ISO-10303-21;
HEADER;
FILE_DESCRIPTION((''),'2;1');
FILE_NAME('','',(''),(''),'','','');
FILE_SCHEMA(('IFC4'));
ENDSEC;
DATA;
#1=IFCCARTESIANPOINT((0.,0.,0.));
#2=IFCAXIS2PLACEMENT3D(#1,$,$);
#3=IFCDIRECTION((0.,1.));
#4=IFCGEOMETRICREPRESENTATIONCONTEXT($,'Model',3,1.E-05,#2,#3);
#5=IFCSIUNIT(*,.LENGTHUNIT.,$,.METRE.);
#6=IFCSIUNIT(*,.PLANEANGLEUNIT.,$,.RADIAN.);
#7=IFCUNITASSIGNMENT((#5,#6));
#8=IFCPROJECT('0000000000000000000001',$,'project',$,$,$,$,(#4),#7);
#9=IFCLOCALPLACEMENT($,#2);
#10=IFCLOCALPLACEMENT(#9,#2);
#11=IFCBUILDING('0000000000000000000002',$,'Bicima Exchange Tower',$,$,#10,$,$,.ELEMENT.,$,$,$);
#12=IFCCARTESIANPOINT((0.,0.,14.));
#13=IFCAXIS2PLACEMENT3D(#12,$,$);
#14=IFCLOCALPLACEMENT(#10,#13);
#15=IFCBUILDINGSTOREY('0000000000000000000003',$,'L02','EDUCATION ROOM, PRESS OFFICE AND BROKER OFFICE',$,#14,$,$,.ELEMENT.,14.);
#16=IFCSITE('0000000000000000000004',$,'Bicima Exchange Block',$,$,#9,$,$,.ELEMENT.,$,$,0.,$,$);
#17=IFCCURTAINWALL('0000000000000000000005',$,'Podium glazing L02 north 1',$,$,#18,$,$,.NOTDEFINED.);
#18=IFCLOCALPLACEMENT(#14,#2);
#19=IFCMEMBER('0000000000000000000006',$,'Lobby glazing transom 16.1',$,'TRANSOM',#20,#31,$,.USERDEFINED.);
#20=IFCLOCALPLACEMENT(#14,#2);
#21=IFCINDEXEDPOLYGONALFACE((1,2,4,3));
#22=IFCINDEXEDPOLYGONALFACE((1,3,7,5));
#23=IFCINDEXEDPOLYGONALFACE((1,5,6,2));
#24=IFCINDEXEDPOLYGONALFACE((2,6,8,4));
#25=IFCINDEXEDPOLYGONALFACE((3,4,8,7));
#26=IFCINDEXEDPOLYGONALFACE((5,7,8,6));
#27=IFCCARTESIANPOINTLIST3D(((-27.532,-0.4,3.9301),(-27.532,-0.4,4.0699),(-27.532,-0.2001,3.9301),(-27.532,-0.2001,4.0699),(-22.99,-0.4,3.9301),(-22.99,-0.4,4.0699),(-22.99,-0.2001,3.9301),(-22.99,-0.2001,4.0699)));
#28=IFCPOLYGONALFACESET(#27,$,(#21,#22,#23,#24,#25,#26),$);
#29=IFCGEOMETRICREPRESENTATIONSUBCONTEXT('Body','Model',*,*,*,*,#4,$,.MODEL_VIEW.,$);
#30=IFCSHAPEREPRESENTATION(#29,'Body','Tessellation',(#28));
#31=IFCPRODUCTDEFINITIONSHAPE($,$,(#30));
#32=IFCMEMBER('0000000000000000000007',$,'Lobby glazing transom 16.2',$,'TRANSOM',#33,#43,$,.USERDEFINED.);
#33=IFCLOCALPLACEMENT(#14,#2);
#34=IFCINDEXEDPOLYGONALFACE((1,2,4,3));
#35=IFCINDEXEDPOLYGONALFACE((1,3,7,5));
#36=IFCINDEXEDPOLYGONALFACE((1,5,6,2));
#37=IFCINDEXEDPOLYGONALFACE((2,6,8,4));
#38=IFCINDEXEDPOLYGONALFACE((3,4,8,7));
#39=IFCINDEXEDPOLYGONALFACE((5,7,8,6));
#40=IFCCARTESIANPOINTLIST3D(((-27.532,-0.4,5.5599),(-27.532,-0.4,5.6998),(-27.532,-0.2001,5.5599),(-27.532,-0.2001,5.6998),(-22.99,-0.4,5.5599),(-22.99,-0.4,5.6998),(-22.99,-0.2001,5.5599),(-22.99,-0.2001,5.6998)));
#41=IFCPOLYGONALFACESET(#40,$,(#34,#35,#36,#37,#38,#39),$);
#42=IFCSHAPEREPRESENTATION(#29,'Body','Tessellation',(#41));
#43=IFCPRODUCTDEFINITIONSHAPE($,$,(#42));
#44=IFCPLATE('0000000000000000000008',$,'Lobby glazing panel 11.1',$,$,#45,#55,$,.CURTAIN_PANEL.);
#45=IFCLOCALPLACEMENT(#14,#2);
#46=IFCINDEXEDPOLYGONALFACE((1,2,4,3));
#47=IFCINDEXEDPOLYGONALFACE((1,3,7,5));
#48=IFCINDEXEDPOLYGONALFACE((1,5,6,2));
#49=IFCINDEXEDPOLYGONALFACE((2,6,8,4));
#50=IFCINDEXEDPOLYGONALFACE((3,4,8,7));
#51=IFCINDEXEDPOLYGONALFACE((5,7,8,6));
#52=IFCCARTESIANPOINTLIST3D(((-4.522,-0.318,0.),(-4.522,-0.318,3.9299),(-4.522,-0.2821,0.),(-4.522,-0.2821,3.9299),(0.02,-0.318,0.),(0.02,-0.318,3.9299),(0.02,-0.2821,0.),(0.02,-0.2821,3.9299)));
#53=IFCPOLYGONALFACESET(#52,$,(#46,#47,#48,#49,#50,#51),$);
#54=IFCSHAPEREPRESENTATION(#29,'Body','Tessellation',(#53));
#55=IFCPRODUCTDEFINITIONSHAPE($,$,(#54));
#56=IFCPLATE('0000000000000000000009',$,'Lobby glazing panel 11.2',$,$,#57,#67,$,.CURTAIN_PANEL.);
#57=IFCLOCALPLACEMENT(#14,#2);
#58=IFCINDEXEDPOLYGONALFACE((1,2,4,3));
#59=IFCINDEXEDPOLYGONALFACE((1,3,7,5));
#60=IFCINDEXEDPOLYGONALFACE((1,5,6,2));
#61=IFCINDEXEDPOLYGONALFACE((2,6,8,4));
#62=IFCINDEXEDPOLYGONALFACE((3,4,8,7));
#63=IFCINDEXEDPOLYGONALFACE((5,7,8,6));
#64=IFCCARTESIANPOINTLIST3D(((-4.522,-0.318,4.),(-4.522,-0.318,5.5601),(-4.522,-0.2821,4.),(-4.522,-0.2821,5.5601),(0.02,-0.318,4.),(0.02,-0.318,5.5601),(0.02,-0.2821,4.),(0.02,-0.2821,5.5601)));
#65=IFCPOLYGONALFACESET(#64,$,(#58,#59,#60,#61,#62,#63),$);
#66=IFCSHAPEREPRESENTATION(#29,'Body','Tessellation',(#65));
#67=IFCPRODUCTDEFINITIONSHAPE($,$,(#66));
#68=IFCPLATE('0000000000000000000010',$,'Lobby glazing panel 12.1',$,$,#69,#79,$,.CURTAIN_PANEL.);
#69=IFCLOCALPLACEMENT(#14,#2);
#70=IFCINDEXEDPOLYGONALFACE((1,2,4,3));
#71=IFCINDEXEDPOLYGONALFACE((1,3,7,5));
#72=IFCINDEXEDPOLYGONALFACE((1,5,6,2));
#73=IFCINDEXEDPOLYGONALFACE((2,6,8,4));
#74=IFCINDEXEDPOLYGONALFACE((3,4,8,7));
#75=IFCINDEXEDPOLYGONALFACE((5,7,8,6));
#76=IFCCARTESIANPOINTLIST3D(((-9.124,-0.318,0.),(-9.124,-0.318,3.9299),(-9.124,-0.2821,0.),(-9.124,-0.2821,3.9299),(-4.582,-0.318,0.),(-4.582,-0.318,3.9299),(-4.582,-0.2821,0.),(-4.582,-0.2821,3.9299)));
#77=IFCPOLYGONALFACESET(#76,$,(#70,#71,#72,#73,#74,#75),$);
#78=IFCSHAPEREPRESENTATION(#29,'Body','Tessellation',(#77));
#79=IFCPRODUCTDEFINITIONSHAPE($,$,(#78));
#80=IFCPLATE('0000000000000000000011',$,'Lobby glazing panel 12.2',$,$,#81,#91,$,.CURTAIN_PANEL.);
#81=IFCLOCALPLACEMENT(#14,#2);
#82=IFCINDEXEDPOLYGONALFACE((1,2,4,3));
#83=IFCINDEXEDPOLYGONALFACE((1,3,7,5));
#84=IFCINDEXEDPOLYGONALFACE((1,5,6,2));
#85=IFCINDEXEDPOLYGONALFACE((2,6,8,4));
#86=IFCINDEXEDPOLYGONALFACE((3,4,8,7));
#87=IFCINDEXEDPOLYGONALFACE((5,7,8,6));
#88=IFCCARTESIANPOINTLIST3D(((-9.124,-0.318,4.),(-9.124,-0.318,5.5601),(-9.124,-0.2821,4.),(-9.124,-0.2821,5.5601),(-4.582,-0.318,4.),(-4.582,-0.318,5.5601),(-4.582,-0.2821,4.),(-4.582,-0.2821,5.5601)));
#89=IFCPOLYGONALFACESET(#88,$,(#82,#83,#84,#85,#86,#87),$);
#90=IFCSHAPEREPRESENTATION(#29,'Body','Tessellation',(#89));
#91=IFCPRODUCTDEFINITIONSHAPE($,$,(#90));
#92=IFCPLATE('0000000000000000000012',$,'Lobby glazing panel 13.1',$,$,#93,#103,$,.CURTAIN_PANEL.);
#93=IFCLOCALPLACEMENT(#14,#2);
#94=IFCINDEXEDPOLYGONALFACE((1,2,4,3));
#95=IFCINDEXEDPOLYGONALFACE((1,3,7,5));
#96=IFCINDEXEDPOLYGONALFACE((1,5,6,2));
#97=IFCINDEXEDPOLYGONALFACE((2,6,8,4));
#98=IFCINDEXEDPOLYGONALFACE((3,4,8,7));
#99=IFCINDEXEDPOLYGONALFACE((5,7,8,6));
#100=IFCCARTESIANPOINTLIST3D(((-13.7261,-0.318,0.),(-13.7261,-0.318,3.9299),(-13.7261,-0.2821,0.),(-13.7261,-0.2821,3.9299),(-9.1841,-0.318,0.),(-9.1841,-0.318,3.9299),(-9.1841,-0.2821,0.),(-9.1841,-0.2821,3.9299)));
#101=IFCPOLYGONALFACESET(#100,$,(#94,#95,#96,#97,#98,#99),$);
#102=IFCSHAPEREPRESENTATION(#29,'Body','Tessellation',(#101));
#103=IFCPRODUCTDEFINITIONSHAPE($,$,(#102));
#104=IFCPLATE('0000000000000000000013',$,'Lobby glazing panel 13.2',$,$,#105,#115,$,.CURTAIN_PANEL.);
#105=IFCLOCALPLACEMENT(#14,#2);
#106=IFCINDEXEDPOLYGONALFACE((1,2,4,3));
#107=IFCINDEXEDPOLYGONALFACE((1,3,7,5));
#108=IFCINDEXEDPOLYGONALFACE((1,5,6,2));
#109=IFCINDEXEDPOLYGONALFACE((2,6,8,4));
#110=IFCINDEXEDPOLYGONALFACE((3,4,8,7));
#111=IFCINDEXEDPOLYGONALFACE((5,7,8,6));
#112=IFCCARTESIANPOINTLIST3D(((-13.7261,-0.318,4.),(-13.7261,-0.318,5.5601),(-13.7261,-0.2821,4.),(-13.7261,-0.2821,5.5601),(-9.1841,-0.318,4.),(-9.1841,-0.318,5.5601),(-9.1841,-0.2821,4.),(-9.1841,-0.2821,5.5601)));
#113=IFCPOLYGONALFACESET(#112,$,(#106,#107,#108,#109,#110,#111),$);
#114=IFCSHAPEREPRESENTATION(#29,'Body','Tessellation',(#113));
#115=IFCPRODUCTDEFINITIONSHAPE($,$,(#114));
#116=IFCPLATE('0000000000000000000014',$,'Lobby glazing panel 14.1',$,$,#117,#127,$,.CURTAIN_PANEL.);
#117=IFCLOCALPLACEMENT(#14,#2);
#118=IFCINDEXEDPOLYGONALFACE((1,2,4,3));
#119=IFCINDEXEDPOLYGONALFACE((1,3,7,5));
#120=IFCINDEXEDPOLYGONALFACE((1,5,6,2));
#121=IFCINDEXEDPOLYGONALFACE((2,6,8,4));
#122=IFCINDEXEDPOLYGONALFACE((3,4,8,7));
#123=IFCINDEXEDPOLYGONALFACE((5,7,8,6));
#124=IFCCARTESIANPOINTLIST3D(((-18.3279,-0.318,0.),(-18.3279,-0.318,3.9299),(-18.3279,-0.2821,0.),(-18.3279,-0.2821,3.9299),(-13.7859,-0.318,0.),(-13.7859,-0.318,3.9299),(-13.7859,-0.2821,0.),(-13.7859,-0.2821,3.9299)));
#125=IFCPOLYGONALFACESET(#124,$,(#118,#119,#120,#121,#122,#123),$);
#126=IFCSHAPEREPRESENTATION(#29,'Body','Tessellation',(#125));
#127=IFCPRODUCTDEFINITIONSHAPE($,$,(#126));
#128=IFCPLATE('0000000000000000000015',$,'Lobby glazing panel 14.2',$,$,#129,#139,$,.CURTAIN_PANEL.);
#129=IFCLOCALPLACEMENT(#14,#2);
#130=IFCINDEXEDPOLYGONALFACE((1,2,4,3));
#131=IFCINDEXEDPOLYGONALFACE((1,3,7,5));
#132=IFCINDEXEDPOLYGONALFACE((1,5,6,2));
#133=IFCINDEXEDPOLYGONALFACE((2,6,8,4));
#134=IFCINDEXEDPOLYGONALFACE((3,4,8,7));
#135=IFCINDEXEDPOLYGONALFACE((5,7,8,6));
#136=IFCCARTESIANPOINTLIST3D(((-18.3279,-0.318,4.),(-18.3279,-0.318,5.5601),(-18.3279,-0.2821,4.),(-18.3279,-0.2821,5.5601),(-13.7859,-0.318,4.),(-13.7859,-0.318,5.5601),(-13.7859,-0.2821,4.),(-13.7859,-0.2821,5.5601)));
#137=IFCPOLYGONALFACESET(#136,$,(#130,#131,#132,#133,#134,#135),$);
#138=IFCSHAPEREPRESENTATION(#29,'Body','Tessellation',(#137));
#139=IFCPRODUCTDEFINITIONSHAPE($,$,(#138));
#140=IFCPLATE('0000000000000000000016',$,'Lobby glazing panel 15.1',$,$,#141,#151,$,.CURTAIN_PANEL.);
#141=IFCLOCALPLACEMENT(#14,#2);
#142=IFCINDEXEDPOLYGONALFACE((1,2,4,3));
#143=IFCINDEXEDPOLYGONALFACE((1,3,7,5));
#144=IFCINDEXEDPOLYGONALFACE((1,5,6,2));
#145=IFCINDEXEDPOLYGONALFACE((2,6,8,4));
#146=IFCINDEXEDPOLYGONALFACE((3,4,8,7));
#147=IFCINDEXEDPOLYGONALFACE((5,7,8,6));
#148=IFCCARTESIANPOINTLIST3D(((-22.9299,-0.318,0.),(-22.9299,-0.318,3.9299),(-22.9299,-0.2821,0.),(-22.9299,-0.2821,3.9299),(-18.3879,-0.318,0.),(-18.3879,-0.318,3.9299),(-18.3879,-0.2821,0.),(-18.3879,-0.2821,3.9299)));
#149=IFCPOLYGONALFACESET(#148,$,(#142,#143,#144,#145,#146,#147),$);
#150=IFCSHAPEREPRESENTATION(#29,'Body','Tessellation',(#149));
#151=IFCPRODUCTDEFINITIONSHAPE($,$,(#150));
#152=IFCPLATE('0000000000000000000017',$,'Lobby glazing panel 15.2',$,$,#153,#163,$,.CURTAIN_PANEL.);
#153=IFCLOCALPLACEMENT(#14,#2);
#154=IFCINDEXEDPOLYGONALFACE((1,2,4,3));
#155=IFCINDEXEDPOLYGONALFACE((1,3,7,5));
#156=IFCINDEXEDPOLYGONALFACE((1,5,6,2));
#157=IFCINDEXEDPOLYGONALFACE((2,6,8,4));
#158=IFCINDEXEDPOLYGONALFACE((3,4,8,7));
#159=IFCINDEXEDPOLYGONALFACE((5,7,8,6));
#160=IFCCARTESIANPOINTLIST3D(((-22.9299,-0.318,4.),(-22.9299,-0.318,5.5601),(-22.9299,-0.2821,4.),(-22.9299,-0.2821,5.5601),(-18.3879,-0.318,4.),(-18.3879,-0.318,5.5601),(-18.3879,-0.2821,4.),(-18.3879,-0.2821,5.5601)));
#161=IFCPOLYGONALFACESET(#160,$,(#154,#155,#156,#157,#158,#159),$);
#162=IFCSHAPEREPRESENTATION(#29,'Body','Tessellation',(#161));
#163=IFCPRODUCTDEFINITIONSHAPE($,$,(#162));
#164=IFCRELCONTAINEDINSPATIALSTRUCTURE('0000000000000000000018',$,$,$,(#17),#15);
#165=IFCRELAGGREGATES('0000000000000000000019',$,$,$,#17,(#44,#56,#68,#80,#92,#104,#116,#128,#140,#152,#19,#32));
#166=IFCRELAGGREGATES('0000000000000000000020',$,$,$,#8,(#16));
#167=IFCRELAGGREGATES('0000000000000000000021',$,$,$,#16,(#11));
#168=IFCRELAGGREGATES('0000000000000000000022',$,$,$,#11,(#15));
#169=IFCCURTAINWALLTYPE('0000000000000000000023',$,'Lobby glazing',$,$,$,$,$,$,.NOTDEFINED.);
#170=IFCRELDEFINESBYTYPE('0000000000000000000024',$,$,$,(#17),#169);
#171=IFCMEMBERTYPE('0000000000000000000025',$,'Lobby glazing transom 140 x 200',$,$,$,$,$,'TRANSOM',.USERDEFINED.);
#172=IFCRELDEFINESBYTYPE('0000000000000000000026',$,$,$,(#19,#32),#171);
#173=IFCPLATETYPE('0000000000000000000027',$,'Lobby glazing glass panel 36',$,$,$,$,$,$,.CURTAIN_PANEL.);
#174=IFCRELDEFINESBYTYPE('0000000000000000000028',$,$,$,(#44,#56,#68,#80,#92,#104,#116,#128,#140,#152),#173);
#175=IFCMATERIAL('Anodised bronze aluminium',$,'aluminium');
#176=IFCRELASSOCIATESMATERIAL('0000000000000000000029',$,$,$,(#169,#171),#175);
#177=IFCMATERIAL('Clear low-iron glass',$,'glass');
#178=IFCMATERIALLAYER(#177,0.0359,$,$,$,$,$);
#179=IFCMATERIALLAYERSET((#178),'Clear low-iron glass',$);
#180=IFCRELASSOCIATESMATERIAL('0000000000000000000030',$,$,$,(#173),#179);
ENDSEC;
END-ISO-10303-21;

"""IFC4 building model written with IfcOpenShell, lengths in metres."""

from ifc_helpers import new_model, si_unit, direction, frame, origin, origin_2d, place, context, subcontext, project, spatial, rectangle, extrude, material, layer, layer_set, material_profile, profile_set, type_object, element, aggregate, save


model = new_model("IFC4")

# Units and contexts
model_context = context("Model", 3, precision=1e-05, world=origin(), true_north=direction((0.0, 1.0)))
body_context = subcontext(model_context, "Body", "Model", "MODEL_VIEW")
ifc_project = project(units=[si_unit("LENGTHUNIT", "METRE"), si_unit("PLANEANGLEUNIT", "RADIAN")], contexts=[model_context])

# Site, building, storey
site_placement = place(None, origin())
site = spatial("IfcSite", under=ifc_project, at=site_placement, Name="Bicima Exchange Block", CompositionType="ELEMENT", RefElevation=0.0)
building_placement = place(site_placement, origin())
building = spatial("IfcBuilding", under=site, at=building_placement, Name="Bicima Exchange Tower", CompositionType="ELEMENT")
storey_placement = place(building_placement, frame((0.0, 0.0, 14.0)))
storey = spatial("IfcBuildingStorey", under=building, at=storey_placement, Name="L02", Description="EDUCATION ROOM, PRESS OFFICE AND BROKER OFFICE", CompositionType="ELEMENT", Elevation=14.0)

# Curtain wall, members, plates
ifc_material_1 = material(Name="Anodised bronze aluminium", Category="aluminium")
curtain_wall_type = type_object("IfcCurtainWallType", Name="Lobby glazing", PredefinedType="NOTDEFINED", material=ifc_material_1)
curtain_wall_placement = place(storey_placement, origin())
curtain_wall = element("IfcCurtainWall", 1, at=curtain_wall_placement, inside=storey, type_object=curtain_wall_type, Name="Podium glazing L02 north 1", PredefinedType="NOTDEFINED")
ifc_material_profile_1 = material_profile(ifc_material_1, rectangle(XDim=0.2, YDim=0.1399, at=origin_2d()))
ifc_profile_set_1 = profile_set([ifc_material_profile_1], Name="Anodised bronze aluminium")
member_type_1 = type_object("IfcMemberType", Name="Lobby glazing transom 140 x 200", ElementType="TRANSOM", PredefinedType="USERDEFINED", material=ifc_profile_set_1)
member_1_placement = place(storey_placement, frame((-22.99, -0.3, 4.0), z_axis=(-1.0, 0.0, 0.0), x_axis=(0.0, -1.0, 0.0)))
member_1 = element("IfcMember", 2, at=member_1_placement, type_object=member_type_1, Name="Lobby glazing transom 16.1", ObjectType="TRANSOM", PredefinedType="USERDEFINED", context=body_context, shape_type="SweptSolid", body=[
    extrude(rectangle(XDim=0.2, YDim=0.1399, at=origin_2d()), origin(), (0.0, 0.0, 1.0), 4.542),
])
member_2_placement = place(storey_placement, frame((-22.99, -0.3, 5.6299), z_axis=(-1.0, 0.0, 0.0), x_axis=(0.0, -1.0, 0.0)))
member_2 = element("IfcMember", 3, at=member_2_placement, type_object=member_type_1, Name="Lobby glazing transom 16.2", ObjectType="TRANSOM", PredefinedType="USERDEFINED", context=body_context, shape_type="SweptSolid", body=[
    extrude(rectangle(XDim=0.2, YDim=0.1399, at=origin_2d()), origin(), (0.0, 0.0, 1.0), 4.542),
])
ifc_material_2 = material(Name="Clear low-iron glass", Category="glass")
ifc_layer_1 = layer(ifc_material_2, 0.0359)
ifc_layer_set_1 = layer_set([ifc_layer_1], Name="Clear low-iron glass")
plate_type = type_object("IfcPlateType", Name="Lobby glazing glass panel 36", PredefinedType="CURTAIN_PANEL", material=ifc_layer_set_1)
plate_1_placement = place(storey_placement, frame((-2.251, -0.3, 0.0), z_axis=(0.0, 0.0, 1.0), x_axis=(-1.0, 0.0, 0.0)))
plate_1 = element("IfcPlate", 4, at=plate_1_placement, type_object=plate_type, Name="Lobby glazing panel 11.1", PredefinedType="CURTAIN_PANEL", context=body_context, shape_type="SweptSolid", body=[
    extrude(rectangle(XDim=4.542, YDim=0.0359, at=origin_2d()), origin(), (0.0, 0.0, 1.0), 3.9299),
])
plate_2_placement = place(storey_placement, frame((-2.251, -0.3, 4.0), z_axis=(0.0, 0.0, 1.0), x_axis=(-1.0, 0.0, 0.0)))
plate_2 = element("IfcPlate", 5, at=plate_2_placement, type_object=plate_type, Name="Lobby glazing panel 11.2", PredefinedType="CURTAIN_PANEL", context=body_context, shape_type="SweptSolid", body=[
    extrude(rectangle(XDim=4.542, YDim=0.0359, at=origin_2d()), origin(), (0.0, 0.0, 1.0), 1.5601),
])
plate_3_placement = place(storey_placement, frame((-6.853, -0.3, 0.0), z_axis=(0.0, 0.0, 1.0), x_axis=(-1.0, 0.0, 0.0)))
plate_3 = element("IfcPlate", 6, at=plate_3_placement, type_object=plate_type, Name="Lobby glazing panel 12.1", PredefinedType="CURTAIN_PANEL", context=body_context, shape_type="SweptSolid", body=[
    extrude(rectangle(XDim=4.542, YDim=0.0359, at=origin_2d()), origin(), (0.0, 0.0, 1.0), 3.9299),
])
plate_4_placement = place(storey_placement, frame((-6.853, -0.3, 4.0), z_axis=(0.0, 0.0, 1.0), x_axis=(-1.0, 0.0, 0.0)))
plate_4 = element("IfcPlate", 7, at=plate_4_placement, type_object=plate_type, Name="Lobby glazing panel 12.2", PredefinedType="CURTAIN_PANEL", context=body_context, shape_type="SweptSolid", body=[
    extrude(rectangle(XDim=4.542, YDim=0.0359, at=origin_2d()), origin(), (0.0, 0.0, 1.0), 1.5601),
])
plate_5_placement = place(storey_placement, frame((-11.4551, -0.3, 0.0), z_axis=(0.0, 0.0, 1.0), x_axis=(-1.0, 0.0, 0.0)))
plate_5 = element("IfcPlate", 8, at=plate_5_placement, type_object=plate_type, Name="Lobby glazing panel 13.1", PredefinedType="CURTAIN_PANEL", context=body_context, shape_type="SweptSolid", body=[
    extrude(rectangle(XDim=4.542, YDim=0.0359, at=origin_2d()), origin(), (0.0, 0.0, 1.0), 3.9299),
])
plate_6_placement = place(storey_placement, frame((-11.4551, -0.3, 4.0), z_axis=(0.0, 0.0, 1.0), x_axis=(-1.0, 0.0, 0.0)))
plate_6 = element("IfcPlate", 9, at=plate_6_placement, type_object=plate_type, Name="Lobby glazing panel 13.2", PredefinedType="CURTAIN_PANEL", context=body_context, shape_type="SweptSolid", body=[
    extrude(rectangle(XDim=4.542, YDim=0.0359, at=origin_2d()), origin(), (0.0, 0.0, 1.0), 1.5601),
])
plate_7_placement = place(storey_placement, frame((-16.0569, -0.3, 0.0), z_axis=(0.0, 0.0, 1.0), x_axis=(-1.0, 0.0, 0.0)))
plate_7 = element("IfcPlate", 10, at=plate_7_placement, type_object=plate_type, Name="Lobby glazing panel 14.1", PredefinedType="CURTAIN_PANEL", context=body_context, shape_type="SweptSolid", body=[
    extrude(rectangle(XDim=4.542, YDim=0.0359, at=origin_2d()), origin(), (0.0, 0.0, 1.0), 3.9299),
])
plate_8_placement = place(storey_placement, frame((-16.0569, -0.3, 4.0), z_axis=(0.0, 0.0, 1.0), x_axis=(-1.0, 0.0, 0.0)))
plate_8 = element("IfcPlate", 11, at=plate_8_placement, type_object=plate_type, Name="Lobby glazing panel 14.2", PredefinedType="CURTAIN_PANEL", context=body_context, shape_type="SweptSolid", body=[
    extrude(rectangle(XDim=4.542, YDim=0.0359, at=origin_2d()), origin(), (0.0, 0.0, 1.0), 1.5601),
])
plate_9_placement = place(storey_placement, frame((-20.6589, -0.3, 0.0), z_axis=(0.0, 0.0, 1.0), x_axis=(-1.0, 0.0, 0.0)))
plate_9 = element("IfcPlate", 12, at=plate_9_placement, type_object=plate_type, Name="Lobby glazing panel 15.1", PredefinedType="CURTAIN_PANEL", context=body_context, shape_type="SweptSolid", body=[
    extrude(rectangle(XDim=4.542, YDim=0.0359, at=origin_2d()), origin(), (0.0, 0.0, 1.0), 3.9299),
])
plate_10_placement = place(storey_placement, frame((-20.6589, -0.3, 4.0), z_axis=(0.0, 0.0, 1.0), x_axis=(-1.0, 0.0, 0.0)))
plate_10 = element("IfcPlate", 13, at=plate_10_placement, type_object=plate_type, Name="Lobby glazing panel 15.2", PredefinedType="CURTAIN_PANEL", context=body_context, shape_type="SweptSolid", body=[
    extrude(rectangle(XDim=4.542, YDim=0.0359, at=origin_2d()), origin(), (0.0, 0.0, 1.0), 1.5601),
])
aggregate(curtain_wall, [plate_1, plate_2, plate_3, plate_4, plate_5, plate_6, plate_7, plate_8, plate_9, plate_10, member_1, member_2])

save(model, "model.ifc")
